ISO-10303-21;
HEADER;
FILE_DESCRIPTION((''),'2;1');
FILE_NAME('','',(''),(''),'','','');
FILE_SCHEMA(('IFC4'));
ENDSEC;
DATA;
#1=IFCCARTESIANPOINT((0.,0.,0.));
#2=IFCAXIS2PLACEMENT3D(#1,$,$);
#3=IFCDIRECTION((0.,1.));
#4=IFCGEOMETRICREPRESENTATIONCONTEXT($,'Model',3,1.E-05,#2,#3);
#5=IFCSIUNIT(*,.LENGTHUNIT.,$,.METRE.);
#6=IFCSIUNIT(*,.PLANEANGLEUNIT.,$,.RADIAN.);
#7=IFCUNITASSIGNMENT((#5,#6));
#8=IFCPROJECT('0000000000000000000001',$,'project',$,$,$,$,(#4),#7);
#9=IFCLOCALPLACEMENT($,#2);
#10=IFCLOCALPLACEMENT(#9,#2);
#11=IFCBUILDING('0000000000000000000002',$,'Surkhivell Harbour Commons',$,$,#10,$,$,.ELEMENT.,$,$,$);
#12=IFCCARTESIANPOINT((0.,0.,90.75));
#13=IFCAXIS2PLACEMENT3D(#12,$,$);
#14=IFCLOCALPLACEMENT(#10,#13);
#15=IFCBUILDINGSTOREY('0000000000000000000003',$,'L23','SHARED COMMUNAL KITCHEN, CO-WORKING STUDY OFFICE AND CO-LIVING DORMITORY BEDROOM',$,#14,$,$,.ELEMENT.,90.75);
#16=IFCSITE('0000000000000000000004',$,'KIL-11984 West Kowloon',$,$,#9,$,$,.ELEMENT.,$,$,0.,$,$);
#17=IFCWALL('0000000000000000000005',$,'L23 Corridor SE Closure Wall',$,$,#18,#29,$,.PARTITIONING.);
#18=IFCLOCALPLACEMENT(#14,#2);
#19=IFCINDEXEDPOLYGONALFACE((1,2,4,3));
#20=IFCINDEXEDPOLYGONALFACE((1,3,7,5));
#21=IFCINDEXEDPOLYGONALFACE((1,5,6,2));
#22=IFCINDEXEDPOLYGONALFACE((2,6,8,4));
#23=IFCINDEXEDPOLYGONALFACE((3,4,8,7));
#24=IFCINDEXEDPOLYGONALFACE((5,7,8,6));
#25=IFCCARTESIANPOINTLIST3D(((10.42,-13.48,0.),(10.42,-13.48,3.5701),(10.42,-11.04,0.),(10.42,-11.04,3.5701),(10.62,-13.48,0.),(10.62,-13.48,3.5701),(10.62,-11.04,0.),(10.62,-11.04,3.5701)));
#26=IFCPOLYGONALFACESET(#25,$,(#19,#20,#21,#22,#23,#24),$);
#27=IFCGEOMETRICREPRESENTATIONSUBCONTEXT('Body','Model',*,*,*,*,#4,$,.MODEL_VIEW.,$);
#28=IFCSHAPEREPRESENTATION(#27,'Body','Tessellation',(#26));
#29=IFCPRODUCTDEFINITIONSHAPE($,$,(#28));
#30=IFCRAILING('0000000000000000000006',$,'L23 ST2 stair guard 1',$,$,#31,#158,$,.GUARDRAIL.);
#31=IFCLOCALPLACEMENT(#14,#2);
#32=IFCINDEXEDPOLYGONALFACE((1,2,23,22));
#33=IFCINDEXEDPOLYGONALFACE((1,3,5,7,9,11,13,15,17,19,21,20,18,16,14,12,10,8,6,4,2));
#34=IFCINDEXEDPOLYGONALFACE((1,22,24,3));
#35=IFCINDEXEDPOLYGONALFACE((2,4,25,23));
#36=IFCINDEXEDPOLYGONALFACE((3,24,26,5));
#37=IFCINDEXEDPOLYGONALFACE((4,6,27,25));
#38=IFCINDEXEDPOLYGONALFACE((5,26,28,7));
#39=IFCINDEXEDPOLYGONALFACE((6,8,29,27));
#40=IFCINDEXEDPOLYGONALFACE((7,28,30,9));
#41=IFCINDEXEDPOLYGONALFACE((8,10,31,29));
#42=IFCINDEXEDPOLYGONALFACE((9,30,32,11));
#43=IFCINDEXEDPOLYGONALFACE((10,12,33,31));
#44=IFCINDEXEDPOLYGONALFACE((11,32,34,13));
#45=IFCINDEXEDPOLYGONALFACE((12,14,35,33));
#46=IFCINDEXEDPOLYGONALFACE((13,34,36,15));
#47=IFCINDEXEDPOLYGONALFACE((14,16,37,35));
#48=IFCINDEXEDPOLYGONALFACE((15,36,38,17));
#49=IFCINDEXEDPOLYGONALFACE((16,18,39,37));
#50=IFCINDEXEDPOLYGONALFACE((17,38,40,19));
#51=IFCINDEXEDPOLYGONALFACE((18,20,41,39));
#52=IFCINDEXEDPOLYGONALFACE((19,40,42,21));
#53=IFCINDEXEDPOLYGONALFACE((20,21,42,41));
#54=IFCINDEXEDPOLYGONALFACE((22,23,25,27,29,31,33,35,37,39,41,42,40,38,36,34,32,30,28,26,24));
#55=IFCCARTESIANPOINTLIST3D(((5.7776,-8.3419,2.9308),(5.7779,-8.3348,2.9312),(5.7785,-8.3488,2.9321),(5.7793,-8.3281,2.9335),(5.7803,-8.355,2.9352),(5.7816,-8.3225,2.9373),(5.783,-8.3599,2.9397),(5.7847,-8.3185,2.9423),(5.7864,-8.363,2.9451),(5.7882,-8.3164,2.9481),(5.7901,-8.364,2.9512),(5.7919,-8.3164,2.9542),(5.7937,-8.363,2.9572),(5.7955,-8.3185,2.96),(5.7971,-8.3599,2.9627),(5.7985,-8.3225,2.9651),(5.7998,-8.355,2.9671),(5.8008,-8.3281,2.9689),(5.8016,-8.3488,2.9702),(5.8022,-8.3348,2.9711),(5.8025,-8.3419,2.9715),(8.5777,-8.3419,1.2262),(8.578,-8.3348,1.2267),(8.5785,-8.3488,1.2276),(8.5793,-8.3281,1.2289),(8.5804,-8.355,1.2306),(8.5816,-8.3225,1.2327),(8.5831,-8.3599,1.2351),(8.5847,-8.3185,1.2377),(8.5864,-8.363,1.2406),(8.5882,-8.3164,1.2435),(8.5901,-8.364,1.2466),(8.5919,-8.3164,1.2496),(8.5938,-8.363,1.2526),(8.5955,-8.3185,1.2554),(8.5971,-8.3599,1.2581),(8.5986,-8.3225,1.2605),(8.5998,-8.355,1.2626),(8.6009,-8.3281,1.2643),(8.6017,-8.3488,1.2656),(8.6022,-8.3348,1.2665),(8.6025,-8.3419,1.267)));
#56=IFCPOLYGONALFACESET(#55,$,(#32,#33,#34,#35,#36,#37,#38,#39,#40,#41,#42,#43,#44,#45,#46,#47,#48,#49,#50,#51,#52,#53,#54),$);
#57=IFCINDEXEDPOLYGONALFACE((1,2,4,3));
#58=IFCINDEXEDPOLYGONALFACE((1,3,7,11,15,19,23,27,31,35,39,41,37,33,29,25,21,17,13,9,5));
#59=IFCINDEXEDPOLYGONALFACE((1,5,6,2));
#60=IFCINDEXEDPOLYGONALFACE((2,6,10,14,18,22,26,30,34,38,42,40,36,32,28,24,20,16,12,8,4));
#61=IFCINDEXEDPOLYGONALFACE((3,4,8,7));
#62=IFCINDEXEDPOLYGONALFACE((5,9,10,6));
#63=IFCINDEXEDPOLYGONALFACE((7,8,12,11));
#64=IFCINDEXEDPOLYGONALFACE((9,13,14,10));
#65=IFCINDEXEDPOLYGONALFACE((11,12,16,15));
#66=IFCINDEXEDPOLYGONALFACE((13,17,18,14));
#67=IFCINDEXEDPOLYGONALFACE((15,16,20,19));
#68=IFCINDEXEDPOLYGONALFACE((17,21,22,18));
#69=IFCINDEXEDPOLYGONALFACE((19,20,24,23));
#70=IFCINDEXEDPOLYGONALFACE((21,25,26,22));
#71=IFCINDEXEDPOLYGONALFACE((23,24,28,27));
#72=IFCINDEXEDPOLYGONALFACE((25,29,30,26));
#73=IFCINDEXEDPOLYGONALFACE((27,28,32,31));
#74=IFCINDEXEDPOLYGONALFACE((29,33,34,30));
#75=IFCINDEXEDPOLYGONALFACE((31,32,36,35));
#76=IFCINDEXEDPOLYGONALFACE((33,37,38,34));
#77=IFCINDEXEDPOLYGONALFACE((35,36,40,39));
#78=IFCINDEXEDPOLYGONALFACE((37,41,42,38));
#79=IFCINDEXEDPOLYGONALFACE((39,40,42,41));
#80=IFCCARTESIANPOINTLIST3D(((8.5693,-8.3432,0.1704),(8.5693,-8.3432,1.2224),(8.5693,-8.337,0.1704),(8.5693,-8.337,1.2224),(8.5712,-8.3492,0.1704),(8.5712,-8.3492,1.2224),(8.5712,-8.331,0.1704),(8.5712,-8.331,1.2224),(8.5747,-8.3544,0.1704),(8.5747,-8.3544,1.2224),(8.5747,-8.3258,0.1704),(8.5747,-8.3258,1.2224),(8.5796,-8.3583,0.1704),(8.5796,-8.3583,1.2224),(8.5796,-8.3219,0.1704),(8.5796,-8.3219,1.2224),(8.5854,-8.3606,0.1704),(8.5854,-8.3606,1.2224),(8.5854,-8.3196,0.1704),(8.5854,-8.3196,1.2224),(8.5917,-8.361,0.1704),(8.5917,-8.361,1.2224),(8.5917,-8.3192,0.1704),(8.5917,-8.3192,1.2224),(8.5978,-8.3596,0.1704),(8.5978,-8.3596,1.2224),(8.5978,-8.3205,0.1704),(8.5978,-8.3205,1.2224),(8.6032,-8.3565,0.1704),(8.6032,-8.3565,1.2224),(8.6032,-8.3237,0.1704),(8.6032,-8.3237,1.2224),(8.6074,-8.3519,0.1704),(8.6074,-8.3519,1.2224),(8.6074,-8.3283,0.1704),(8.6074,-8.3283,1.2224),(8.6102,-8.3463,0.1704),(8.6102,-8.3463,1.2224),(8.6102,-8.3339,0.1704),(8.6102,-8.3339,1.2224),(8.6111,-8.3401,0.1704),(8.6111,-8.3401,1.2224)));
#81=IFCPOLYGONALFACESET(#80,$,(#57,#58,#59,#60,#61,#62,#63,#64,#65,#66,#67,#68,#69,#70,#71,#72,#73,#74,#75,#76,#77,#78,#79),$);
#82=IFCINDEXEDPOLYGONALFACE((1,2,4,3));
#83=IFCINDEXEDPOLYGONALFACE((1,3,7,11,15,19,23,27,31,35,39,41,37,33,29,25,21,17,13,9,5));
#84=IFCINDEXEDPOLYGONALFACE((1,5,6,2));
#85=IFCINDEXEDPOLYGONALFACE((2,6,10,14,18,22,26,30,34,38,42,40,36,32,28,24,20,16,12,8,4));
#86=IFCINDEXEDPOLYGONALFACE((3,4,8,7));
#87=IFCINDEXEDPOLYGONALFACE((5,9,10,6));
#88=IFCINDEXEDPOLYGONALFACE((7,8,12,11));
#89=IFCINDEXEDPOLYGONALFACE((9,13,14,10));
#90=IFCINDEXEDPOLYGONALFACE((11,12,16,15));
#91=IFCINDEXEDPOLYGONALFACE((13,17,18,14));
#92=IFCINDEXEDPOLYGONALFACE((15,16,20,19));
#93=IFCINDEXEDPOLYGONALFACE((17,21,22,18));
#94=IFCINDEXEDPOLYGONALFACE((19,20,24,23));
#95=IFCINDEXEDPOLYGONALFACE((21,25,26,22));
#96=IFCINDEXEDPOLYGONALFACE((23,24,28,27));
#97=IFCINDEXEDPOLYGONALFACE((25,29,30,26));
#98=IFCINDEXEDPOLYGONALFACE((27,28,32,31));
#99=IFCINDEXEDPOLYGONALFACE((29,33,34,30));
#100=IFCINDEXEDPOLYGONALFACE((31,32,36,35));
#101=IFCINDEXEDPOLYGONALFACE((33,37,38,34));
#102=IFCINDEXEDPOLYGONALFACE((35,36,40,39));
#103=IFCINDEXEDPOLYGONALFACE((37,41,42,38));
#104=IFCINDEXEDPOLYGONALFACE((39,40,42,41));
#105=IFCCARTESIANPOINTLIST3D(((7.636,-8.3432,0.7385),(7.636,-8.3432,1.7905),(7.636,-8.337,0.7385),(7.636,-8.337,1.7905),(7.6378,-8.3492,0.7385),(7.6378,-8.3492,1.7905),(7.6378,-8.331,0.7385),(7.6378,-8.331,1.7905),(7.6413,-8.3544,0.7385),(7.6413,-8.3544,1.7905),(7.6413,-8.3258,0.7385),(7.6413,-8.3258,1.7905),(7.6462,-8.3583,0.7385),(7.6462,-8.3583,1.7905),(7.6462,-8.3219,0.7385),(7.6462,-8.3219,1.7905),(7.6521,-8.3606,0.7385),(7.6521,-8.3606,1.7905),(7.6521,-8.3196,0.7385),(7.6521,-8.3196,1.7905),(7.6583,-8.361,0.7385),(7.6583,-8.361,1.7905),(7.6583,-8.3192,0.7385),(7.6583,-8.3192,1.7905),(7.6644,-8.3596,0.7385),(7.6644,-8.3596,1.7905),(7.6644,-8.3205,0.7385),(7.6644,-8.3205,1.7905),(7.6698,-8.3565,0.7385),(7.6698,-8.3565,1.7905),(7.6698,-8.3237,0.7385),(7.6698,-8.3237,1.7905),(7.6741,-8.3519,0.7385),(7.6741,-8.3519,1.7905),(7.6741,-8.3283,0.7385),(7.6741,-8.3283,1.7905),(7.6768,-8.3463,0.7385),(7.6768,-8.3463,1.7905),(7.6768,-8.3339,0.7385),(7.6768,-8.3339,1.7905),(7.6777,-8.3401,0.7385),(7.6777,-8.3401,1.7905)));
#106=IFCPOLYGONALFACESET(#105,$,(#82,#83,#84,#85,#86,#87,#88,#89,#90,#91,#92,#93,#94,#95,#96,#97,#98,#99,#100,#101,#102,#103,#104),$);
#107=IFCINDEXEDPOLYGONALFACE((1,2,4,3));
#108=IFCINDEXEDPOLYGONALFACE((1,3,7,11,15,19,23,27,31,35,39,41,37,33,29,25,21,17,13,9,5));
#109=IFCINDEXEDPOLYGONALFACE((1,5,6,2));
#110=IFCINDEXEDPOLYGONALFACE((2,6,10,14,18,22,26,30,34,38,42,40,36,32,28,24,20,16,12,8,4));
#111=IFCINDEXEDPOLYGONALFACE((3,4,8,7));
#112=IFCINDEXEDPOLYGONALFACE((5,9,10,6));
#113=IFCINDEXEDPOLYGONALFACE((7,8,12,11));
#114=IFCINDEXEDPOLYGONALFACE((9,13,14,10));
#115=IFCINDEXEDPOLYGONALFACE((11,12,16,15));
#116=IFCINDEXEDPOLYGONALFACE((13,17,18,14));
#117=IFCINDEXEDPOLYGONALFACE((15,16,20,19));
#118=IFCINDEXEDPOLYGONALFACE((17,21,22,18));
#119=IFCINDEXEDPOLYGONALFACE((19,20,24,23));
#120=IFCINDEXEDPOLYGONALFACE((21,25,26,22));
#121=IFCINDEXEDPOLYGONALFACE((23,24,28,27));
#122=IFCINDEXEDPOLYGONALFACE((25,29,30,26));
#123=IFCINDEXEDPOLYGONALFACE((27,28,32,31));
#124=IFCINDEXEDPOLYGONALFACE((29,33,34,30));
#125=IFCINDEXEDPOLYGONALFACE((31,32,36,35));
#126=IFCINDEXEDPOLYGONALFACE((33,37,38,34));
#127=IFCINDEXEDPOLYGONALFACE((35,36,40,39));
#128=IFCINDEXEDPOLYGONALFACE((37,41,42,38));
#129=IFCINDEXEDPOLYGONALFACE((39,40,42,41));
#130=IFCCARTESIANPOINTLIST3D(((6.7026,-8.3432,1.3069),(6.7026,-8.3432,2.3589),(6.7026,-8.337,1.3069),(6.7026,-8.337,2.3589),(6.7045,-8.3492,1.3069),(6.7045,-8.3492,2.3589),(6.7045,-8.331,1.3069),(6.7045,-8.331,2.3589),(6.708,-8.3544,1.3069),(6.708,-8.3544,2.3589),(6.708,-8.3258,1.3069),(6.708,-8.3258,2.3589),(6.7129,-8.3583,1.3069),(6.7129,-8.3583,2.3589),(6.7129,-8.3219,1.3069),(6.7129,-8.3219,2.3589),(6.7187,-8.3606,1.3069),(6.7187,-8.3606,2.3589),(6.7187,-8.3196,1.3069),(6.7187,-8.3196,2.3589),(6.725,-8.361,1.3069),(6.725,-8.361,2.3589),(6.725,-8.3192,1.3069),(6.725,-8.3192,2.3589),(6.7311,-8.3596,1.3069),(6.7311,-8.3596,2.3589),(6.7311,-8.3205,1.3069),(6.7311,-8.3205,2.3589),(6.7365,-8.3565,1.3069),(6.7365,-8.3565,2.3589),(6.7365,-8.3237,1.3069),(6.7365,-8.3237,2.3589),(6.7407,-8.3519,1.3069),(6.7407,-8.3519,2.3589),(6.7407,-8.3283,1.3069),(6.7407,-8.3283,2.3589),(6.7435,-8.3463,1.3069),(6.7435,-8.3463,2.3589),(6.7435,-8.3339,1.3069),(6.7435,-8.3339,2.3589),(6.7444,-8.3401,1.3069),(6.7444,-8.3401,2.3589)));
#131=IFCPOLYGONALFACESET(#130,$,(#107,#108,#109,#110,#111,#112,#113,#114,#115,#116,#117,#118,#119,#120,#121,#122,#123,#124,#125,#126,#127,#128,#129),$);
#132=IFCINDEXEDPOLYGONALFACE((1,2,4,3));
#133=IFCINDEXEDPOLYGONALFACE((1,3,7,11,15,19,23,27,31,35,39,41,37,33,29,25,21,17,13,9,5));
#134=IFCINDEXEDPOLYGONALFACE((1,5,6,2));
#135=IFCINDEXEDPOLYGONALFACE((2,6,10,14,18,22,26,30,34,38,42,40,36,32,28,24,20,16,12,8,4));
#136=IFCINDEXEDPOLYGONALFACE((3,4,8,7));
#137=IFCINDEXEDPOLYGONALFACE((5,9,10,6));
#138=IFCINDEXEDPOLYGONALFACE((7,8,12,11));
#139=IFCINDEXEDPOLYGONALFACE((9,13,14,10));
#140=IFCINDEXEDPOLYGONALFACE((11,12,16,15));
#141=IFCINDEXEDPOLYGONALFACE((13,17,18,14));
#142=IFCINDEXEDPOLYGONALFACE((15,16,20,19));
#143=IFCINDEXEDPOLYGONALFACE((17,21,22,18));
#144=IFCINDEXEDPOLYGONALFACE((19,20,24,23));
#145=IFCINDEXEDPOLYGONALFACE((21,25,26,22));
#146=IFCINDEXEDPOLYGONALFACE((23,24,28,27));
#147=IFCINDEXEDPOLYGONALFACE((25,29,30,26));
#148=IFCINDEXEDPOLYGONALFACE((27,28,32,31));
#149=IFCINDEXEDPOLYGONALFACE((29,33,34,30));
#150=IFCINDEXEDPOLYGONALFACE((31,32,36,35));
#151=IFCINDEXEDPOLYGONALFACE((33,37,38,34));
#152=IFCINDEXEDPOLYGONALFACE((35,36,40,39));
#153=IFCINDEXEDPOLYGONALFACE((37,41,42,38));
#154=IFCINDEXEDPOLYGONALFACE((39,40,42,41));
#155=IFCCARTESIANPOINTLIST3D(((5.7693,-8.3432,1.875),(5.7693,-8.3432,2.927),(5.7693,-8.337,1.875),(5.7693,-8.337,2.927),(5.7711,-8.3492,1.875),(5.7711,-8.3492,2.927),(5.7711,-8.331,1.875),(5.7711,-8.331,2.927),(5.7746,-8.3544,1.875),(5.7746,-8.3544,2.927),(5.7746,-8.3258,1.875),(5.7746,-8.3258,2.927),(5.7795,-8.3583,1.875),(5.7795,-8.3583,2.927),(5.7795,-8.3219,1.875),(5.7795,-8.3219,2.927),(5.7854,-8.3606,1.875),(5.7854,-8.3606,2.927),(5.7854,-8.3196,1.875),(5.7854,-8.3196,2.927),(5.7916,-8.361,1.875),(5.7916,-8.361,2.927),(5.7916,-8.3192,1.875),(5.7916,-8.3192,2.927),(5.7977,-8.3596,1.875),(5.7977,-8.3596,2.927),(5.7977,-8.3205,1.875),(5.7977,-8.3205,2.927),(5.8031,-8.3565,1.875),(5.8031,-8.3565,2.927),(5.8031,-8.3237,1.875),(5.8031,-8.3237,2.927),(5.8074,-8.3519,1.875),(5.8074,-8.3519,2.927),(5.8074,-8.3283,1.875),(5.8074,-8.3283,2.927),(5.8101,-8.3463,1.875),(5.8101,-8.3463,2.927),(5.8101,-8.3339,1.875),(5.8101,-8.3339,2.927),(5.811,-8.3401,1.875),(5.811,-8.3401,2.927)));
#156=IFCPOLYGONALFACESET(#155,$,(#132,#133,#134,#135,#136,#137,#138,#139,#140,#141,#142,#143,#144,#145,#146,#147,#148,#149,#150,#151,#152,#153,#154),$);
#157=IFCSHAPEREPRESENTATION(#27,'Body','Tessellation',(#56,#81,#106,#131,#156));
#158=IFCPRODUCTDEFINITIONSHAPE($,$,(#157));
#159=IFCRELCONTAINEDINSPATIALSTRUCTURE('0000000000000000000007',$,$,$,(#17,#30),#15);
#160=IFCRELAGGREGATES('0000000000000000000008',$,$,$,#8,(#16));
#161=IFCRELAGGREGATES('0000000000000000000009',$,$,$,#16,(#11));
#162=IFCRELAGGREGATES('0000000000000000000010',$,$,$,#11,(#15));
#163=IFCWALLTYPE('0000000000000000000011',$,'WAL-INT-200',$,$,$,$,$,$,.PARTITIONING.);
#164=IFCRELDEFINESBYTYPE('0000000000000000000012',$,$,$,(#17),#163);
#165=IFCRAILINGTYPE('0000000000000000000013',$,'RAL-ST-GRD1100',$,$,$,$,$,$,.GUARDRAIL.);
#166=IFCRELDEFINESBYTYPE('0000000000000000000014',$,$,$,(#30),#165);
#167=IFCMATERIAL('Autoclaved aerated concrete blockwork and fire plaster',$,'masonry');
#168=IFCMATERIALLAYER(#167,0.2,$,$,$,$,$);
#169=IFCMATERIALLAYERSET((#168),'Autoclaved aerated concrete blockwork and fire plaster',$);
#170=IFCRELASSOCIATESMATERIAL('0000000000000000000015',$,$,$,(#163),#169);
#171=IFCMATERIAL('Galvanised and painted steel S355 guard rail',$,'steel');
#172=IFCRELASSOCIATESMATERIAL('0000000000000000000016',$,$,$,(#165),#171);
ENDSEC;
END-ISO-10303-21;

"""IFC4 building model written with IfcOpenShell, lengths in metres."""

from ifc_helpers import new_model, si_unit, direction, frame, frame_2d, origin, origin_2d, place, context, subcontext, project, spatial, rectangle, circle, extrude, material, layer, layer_set, type_object, element, save


model = new_model("IFC4")

# Units and contexts
model_context = context("Model", 3, precision=1e-05, world=origin(), true_north=direction((0.0, 1.0)))
body_context = subcontext(model_context, "Body", "Model", "MODEL_VIEW")
ifc_project = project(units=[si_unit("LENGTHUNIT", "METRE"), si_unit("PLANEANGLEUNIT", "RADIAN")], contexts=[model_context])

# Site, building, storey
site_placement = place(None, origin())
site = spatial("IfcSite", under=ifc_project, at=site_placement, Name="KIL-11984 West Kowloon", CompositionType="ELEMENT", RefElevation=0.0)
building_placement = place(site_placement, origin())
building = spatial("IfcBuilding", under=site, at=building_placement, Name="Surkhivell Harbour Commons", CompositionType="ELEMENT")
storey_placement = place(building_placement, frame((0.0, 0.0, 90.75)))
storey = spatial("IfcBuildingStorey", under=building, at=storey_placement, Name="L23", Description="SHARED COMMUNAL KITCHEN, CO-WORKING STUDY OFFICE AND CO-LIVING DORMITORY BEDROOM", CompositionType="ELEMENT", Elevation=90.75)

# Shared definitions
ifc_material_1 = material(Name="Autoclaved aerated concrete blockwork and fire plaster", Category="masonry")
ifc_layer_1 = layer(ifc_material_1, 0.2)
ifc_layer_set_1 = layer_set([ifc_layer_1], Name="Autoclaved aerated concrete blockwork and fire plaster")
wall_type_1 = type_object("IfcWallType", Name="WAL-INT-200", PredefinedType="PARTITIONING", material=ifc_layer_set_1)

# Wall
wall_1_placement = place(storey_placement, frame((10.52, -13.48, 0.0), z_axis=(0.0, 0.0, 1.0), x_axis=(0.0, 1.0, 0.0)))
element("IfcWall", 1, at=wall_1_placement, inside=storey, type_object=wall_type_1, Name="L23 Corridor SE Closure Wall", PredefinedType="PARTITIONING", context=body_context, shape_type="SweptSolid", body=[
    extrude(rectangle(XDim=2.4399, YDim=0.2, at=frame_2d((1.22, 0.0))), origin(), (0.0, 0.0, 1.0), 3.5701),
])

# Railing
ifc_material_2 = material(Name="Galvanised and painted steel S355 guard rail", Category="steel")
railing_type = type_object("IfcRailingType", Name="RAL-ST-GRD1100", PredefinedType="GUARDRAIL", material=ifc_material_2)
railing_1_placement = place(storey_placement, frame((8.5901, -8.3401, 0.1704)))
element("IfcRailing", 2, at=railing_1_placement, inside=storey, type_object=railing_type, Name="L23 ST2 stair guard 1", PredefinedType="GUARDRAIL", context=body_context, shape_type="SweptSolid", body=[
    extrude(circle(Radius=0.0239, at=origin_2d()), frame((0.0, 0.0, 1.0762), z_axis=(-0.85417, 0.0, 0.519994), x_axis=(0.0, -1.0, 0.0)), (0.0, 0.0, 1.0), 3.2781),
    extrude(circle(Radius=0.021, at=origin_2d()), origin(), (0.0, 0.0, 1.0), 1.052),
    extrude(circle(Radius=0.021, at=origin_2d()), frame((-0.9333, 0.0, 0.5681)), (0.0, 0.0, 1.0), 1.052),
    extrude(circle(Radius=0.021, at=origin_2d()), frame((-1.8667, 0.0, 1.1365)), (0.0, 0.0, 1.0), 1.052),
    extrude(circle(Radius=0.021, at=origin_2d()), frame((-2.8, 0.0, 1.7046)), (0.0, 0.0, 1.0), 1.052),
])

save(model, "model.ifc")
